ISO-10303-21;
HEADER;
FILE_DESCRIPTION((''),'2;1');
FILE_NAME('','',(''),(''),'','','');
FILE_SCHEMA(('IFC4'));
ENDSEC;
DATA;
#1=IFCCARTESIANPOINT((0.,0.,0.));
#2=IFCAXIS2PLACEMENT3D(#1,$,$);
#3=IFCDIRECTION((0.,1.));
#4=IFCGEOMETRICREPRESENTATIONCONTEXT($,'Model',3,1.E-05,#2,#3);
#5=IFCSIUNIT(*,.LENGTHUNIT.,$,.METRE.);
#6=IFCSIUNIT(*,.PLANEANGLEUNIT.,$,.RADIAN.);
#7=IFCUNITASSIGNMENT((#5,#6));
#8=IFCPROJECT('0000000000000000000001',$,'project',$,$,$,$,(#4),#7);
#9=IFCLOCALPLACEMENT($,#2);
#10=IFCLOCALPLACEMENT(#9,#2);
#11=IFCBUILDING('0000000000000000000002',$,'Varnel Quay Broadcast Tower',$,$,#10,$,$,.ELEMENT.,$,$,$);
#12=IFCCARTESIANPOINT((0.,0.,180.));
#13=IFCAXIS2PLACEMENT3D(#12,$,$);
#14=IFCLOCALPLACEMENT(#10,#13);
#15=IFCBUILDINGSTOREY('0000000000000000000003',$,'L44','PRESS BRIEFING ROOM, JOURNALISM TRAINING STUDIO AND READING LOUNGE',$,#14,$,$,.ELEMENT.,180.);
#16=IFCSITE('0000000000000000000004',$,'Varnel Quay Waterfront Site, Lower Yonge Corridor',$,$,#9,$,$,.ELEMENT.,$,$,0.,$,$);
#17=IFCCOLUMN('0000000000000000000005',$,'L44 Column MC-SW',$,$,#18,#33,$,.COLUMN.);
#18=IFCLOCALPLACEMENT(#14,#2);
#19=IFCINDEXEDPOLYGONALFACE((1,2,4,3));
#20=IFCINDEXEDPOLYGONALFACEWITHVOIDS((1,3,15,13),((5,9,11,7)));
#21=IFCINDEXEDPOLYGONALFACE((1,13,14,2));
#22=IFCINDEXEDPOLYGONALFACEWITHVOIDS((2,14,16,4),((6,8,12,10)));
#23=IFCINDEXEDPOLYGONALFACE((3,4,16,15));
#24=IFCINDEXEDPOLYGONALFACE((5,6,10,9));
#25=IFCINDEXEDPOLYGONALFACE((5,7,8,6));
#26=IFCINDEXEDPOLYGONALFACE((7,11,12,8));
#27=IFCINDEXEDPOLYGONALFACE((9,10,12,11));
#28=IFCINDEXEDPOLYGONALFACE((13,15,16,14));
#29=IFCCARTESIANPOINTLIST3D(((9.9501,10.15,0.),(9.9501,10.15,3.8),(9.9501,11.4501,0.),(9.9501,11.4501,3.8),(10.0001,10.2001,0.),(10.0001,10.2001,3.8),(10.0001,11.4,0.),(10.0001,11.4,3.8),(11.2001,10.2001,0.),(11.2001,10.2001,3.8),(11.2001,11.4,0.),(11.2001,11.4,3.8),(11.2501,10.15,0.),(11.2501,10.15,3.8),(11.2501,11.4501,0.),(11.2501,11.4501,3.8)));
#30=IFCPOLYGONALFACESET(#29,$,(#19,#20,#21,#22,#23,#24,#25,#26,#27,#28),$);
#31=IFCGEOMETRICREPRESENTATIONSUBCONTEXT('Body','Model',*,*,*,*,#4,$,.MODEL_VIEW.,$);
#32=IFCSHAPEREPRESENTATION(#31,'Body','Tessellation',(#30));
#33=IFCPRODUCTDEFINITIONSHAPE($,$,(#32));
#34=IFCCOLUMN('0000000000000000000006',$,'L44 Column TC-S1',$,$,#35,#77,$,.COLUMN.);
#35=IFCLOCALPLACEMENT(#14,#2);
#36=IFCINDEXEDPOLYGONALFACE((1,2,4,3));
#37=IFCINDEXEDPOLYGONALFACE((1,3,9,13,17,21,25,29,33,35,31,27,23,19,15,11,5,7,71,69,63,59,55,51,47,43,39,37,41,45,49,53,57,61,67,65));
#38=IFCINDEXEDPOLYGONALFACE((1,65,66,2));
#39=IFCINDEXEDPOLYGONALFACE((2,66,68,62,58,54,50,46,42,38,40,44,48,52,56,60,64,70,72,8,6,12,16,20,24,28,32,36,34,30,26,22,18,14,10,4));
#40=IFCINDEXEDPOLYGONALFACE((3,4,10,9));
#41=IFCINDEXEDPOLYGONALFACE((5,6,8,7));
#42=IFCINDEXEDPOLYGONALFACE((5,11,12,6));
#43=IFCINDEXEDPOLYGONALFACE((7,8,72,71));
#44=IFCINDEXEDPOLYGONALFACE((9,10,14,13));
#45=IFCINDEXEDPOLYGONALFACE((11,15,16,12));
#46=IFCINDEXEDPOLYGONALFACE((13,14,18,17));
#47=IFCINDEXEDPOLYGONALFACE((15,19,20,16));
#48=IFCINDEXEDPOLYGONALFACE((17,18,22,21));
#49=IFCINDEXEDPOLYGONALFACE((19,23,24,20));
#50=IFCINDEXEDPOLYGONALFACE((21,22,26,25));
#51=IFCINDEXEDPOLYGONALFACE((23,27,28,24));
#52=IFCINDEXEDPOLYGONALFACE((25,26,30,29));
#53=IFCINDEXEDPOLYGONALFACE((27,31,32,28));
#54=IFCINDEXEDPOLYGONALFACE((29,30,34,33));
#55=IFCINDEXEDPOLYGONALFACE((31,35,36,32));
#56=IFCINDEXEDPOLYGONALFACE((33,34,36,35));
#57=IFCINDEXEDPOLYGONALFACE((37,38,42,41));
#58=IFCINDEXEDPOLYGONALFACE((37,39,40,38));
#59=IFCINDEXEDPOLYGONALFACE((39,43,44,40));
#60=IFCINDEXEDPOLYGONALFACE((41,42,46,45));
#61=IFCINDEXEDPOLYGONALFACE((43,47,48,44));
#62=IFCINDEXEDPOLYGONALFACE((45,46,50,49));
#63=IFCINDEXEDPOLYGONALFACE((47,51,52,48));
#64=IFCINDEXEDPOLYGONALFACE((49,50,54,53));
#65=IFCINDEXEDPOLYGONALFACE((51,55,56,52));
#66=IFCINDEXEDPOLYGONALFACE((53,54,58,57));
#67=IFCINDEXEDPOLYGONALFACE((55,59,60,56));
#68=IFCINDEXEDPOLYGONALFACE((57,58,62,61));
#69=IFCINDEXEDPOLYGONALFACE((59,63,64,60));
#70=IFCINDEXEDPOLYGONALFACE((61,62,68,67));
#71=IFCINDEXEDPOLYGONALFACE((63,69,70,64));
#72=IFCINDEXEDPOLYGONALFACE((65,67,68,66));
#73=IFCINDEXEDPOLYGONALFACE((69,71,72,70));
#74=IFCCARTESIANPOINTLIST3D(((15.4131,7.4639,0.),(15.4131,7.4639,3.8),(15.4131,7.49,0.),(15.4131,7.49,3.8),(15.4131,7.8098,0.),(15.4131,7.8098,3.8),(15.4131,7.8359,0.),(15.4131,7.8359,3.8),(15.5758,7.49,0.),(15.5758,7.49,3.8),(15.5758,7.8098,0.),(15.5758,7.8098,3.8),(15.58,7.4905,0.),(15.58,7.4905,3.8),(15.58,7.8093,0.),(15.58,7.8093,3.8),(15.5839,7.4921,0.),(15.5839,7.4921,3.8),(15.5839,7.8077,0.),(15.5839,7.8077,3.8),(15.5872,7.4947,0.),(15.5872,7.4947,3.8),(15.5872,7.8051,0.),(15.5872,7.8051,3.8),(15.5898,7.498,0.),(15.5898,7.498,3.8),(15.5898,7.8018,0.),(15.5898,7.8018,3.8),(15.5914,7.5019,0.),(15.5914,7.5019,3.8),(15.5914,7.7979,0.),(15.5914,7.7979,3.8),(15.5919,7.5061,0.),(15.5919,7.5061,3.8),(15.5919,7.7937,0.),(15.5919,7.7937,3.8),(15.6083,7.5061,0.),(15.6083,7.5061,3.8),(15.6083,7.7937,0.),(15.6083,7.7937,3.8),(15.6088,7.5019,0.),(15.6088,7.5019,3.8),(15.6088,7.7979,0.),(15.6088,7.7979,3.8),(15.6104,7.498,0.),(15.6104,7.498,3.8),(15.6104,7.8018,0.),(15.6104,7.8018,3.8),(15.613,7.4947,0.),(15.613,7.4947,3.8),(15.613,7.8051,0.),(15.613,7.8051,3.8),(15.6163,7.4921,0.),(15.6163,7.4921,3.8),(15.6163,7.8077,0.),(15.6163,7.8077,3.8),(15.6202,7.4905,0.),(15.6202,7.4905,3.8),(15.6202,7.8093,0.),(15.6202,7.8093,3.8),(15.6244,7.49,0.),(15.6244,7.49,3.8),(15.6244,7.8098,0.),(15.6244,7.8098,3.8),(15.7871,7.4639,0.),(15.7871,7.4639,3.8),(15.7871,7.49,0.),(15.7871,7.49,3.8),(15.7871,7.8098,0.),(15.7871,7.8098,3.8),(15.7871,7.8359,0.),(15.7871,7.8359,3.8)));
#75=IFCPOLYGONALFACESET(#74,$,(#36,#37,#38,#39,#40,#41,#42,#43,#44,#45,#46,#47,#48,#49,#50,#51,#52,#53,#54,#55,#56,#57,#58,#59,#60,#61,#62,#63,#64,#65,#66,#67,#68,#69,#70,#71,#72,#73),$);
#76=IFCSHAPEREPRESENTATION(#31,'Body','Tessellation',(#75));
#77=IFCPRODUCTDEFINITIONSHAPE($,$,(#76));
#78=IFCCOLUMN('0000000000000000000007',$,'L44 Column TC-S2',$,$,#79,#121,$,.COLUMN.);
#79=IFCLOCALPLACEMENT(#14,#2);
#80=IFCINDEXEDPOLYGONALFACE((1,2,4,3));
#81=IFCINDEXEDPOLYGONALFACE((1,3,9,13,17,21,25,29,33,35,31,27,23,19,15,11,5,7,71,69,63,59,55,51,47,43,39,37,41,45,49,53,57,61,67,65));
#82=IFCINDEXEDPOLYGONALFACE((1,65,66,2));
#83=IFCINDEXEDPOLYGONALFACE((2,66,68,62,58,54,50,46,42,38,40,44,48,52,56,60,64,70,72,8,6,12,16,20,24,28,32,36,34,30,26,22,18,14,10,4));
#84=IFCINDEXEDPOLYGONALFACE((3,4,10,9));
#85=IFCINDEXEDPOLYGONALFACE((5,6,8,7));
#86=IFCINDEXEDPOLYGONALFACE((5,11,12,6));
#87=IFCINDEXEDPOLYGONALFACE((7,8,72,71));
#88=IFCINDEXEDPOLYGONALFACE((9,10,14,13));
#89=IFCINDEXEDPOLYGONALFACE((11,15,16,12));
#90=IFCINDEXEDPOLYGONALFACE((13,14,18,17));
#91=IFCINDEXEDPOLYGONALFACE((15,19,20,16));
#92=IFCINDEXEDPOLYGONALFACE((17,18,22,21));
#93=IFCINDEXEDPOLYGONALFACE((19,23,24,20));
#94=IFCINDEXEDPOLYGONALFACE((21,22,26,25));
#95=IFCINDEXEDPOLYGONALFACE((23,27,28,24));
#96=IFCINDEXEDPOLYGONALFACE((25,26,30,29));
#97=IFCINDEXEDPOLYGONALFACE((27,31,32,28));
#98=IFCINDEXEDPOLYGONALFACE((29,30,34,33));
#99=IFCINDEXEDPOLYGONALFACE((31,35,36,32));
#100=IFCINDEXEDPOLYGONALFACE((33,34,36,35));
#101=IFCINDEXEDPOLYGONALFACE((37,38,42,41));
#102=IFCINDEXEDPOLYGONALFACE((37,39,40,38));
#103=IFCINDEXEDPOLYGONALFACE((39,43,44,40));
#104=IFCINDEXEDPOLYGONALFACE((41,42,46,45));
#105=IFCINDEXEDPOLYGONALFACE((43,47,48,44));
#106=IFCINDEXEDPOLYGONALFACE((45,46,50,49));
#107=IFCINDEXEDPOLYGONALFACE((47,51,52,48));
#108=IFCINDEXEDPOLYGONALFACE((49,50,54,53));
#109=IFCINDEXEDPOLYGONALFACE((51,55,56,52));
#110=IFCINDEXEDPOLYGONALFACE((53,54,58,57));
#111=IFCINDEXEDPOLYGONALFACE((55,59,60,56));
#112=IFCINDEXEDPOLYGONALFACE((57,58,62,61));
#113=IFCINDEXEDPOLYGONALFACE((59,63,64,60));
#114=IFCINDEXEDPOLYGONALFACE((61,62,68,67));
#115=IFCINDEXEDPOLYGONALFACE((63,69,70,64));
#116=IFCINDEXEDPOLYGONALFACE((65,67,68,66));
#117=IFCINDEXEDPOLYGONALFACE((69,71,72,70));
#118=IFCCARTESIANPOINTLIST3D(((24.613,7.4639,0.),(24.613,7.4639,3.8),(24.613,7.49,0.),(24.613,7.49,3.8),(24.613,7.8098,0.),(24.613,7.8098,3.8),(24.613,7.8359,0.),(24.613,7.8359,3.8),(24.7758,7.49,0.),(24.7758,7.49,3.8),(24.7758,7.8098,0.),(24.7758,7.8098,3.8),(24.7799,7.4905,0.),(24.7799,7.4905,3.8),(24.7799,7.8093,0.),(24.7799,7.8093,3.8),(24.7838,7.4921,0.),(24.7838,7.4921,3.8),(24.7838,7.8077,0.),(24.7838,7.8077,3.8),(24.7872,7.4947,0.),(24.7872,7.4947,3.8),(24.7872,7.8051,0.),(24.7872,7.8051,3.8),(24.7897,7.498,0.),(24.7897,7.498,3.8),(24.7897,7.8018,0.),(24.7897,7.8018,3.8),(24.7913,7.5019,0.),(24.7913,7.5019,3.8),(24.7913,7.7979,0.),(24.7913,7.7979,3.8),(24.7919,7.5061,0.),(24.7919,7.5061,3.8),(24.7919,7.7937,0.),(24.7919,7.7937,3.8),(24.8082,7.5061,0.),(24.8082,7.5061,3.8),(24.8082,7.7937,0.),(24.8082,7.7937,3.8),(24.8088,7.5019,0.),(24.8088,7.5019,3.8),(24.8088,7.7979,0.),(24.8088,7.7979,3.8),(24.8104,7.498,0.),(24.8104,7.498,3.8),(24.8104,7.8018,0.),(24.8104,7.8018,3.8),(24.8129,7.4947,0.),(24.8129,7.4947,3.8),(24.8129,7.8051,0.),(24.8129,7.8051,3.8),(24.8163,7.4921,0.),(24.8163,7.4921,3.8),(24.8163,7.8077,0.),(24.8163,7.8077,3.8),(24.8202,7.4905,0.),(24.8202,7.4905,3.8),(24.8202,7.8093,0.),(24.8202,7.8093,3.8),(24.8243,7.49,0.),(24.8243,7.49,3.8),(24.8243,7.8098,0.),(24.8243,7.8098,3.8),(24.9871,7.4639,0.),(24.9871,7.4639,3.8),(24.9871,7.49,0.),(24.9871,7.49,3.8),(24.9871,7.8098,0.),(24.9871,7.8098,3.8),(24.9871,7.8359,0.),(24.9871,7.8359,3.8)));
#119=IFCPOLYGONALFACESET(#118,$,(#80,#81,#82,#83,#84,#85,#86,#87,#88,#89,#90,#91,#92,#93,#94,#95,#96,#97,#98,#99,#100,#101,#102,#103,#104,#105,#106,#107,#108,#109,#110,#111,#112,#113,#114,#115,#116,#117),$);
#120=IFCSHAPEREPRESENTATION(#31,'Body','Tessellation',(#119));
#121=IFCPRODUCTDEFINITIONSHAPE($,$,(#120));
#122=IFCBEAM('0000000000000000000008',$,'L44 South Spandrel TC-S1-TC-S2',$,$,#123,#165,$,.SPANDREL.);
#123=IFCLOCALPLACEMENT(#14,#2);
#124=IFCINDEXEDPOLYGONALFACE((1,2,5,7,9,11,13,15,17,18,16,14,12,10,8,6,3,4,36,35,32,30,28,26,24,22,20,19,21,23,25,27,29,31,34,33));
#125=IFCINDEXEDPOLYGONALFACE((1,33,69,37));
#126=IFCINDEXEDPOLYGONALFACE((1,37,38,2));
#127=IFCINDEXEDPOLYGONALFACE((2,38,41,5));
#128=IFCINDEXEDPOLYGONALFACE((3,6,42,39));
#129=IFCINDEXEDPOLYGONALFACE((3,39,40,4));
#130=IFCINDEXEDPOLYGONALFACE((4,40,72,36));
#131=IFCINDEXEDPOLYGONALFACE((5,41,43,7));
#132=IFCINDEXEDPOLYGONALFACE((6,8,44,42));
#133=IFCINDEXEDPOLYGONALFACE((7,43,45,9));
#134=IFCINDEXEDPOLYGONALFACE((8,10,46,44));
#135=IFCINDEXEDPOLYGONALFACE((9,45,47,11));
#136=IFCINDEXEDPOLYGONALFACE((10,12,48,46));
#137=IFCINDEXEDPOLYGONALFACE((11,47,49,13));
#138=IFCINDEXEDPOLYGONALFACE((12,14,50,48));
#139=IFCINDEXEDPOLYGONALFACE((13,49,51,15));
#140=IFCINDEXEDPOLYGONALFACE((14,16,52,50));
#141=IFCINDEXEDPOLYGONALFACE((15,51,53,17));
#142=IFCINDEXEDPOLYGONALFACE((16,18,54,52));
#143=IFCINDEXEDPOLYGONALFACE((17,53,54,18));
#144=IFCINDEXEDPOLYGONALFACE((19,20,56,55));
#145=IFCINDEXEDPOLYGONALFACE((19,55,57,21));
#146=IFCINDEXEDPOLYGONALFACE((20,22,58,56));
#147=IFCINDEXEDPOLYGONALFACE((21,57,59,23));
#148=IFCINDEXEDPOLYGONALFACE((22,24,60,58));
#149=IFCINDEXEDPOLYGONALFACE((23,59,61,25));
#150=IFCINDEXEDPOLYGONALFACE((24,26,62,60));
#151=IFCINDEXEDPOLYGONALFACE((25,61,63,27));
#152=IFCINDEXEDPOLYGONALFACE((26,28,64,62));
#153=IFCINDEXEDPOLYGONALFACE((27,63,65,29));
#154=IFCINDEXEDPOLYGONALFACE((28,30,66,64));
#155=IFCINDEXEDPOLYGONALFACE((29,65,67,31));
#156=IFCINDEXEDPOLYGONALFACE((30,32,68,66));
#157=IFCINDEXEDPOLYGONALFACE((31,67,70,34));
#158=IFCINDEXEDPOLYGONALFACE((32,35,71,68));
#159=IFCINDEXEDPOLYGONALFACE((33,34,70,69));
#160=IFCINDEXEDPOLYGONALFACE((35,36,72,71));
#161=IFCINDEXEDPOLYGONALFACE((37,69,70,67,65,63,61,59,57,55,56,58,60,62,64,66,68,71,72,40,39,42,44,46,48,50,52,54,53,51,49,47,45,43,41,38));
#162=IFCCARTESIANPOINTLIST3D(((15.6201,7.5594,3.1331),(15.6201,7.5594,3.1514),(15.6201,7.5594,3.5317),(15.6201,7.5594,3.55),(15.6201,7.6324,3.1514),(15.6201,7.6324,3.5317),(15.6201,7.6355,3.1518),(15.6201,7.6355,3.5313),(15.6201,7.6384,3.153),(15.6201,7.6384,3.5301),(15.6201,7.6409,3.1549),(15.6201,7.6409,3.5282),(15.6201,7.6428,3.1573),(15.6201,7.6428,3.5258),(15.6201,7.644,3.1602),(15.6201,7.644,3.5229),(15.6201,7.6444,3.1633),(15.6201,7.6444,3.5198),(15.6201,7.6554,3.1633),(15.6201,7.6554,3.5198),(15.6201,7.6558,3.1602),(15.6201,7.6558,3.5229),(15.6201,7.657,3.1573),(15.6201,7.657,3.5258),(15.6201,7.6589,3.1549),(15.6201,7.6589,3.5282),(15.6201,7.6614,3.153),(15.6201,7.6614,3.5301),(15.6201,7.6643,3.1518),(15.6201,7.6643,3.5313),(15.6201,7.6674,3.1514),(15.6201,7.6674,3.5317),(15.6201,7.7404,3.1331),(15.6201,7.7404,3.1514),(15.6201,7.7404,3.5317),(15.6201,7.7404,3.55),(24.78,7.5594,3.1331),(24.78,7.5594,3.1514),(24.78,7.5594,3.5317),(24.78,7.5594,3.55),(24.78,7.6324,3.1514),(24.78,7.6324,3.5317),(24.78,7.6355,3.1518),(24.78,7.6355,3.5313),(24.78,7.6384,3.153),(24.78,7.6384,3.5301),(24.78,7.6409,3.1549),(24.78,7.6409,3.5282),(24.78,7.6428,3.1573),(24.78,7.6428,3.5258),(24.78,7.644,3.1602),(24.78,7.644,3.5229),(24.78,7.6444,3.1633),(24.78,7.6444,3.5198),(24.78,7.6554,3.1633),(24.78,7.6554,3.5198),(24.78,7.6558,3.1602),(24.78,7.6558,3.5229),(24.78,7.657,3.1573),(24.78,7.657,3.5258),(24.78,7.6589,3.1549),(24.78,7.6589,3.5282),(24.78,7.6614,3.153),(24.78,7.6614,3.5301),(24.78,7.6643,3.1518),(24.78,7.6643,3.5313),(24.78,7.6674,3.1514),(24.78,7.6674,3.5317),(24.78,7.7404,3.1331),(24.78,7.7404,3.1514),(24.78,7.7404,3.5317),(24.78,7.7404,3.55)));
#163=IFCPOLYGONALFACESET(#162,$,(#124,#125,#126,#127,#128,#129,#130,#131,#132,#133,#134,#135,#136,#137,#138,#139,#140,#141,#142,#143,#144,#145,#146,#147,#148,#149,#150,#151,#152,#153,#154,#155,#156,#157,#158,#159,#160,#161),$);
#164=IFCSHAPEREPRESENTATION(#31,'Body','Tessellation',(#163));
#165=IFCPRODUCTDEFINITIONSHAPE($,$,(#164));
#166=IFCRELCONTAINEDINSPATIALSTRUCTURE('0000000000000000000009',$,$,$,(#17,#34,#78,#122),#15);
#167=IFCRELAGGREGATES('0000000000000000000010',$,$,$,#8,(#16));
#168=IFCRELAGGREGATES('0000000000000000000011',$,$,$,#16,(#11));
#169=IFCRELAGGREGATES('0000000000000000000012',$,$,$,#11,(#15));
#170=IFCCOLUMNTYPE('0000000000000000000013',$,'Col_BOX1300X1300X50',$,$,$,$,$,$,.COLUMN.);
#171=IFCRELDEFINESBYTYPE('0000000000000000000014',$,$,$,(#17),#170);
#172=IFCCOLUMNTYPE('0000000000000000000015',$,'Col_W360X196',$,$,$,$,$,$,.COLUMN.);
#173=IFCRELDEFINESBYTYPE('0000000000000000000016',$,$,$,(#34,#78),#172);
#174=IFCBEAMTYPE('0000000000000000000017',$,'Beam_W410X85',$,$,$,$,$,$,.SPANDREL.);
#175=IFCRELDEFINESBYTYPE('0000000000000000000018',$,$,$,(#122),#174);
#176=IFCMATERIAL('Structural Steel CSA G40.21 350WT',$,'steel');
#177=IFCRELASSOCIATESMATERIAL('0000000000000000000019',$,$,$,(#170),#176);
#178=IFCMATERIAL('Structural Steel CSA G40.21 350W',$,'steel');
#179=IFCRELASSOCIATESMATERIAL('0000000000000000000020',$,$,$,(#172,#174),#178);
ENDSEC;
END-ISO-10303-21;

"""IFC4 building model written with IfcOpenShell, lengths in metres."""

from ifc_helpers import new_model, si_unit, direction, frame, origin, origin_2d, place, context, subcontext, project, spatial, hollow_rectangle, i_section, extrude, source, transform, mapped, material, material_profile, profile_set, type_object, type_shapes, element, save


model = new_model("IFC4")

# Units and contexts
model_context = context("Model", 3, precision=1e-05, world=origin(), true_north=direction((0.0, 1.0)))
body_context = subcontext(model_context, "Body", "Model", "MODEL_VIEW")
ifc_project = project(units=[si_unit("LENGTHUNIT", "METRE"), si_unit("PLANEANGLEUNIT", "RADIAN")], contexts=[model_context])

# Site, building, storey
site_placement = place(None, origin())
site = spatial("IfcSite", under=ifc_project, at=site_placement, Name="Varnel Quay Waterfront Site, Lower Yonge Corridor", CompositionType="ELEMENT", RefElevation=0.0)
building_placement = place(site_placement, origin())
building = spatial("IfcBuilding", under=site, at=building_placement, Name="Varnel Quay Broadcast Tower", CompositionType="ELEMENT")
storey_placement = place(building_placement, frame((0.0, 0.0, 180.0)))
storey = spatial("IfcBuildingStorey", under=building, at=storey_placement, Name="L44", Description="PRESS BRIEFING ROOM, JOURNALISM TRAINING STUDIO AND READING LOUNGE", CompositionType="ELEMENT", Elevation=180.0)

# Columns
ifc_material_1 = material(Name="Structural Steel CSA G40.21 350WT", Category="steel")
ifc_material_profile_1 = material_profile(ifc_material_1, hollow_rectangle(XDim=1.3, YDim=1.3, WallThickness=0.05, at=origin_2d()), Name="BOX1300X1300X50")
ifc_profile_set_1 = profile_set([ifc_material_profile_1], Name="Structural Steel CSA G40.21 350WT")
column_type_1 = type_object("IfcColumnType", Name="Col_BOX1300X1300X50", PredefinedType="COLUMN", material=ifc_profile_set_1)
shared_shape_1 = source(origin(), body_context, "Body", "SweptSolid", [
    extrude(hollow_rectangle(XDim=1.3, YDim=1.3, WallThickness=0.05, at=origin_2d()), origin(), (0.0, 0.0, 1.0), 3.8),
])
type_shapes(column_type_1, [shared_shape_1])
column_placement = place(storey_placement, frame((10.6001, 10.8, 0.0), z_axis=(0.0, 0.0, 1.0), x_axis=(1.0, 0.0, 0.0)))
element("IfcColumn", 1, at=column_placement, inside=storey, type_object=column_type_1, Name="L44 Column MC-SW", PredefinedType="COLUMN", context=body_context, shape_type="MappedRepresentation", body=[
    mapped(shared_shape_1, transform((0.0, 0.0, 0.0), x_axis=(1.0, 0.0, 0.0), y_axis=(0.0, 1.0, 0.0), z_axis=(0.0, 0.0, 1.0), scale=1.0)),
])
ifc_material_2 = material(Name="Structural Steel CSA G40.21 350W", Category="steel")
ifc_material_profile_2 = material_profile(ifc_material_2, i_section(OverallWidth=0.374, OverallDepth=0.3721, WebThickness=0.0164, FlangeThickness=0.0261, FilletRadius=0.0161, at=origin_2d()), Name="W360X196")
ifc_profile_set_2 = profile_set([ifc_material_profile_2], Name="Structural Steel CSA G40.21 350W")
column_type_2 = type_object("IfcColumnType", Name="Col_W360X196", PredefinedType="COLUMN", material=ifc_profile_set_2)
shared_shape_2 = source(origin(), body_context, "Body", "SweptSolid", [
    extrude(i_section(OverallWidth=0.374, OverallDepth=0.3721, WebThickness=0.0164, FlangeThickness=0.0261, FilletRadius=0.0161, at=origin_2d()), origin(), (0.0, 0.0, 1.0), 3.8),
])
type_shapes(column_type_2, [shared_shape_2])
for number, where, z_axis, x_axis, name in (
    (2, (15.6001, 7.6499, 0.0), (0.0, 0.0, 1.0), (1.0, 0.0, 0.0), "L44 Column TC-S1"),
    (3, (24.8, 7.6499, 0.0), (0.0, 0.0, 1.0), (1.0, 0.0, 0.0), "L44 Column TC-S2"),
):
    element("IfcColumn", number, at=place(storey_placement, frame(where, z_axis=z_axis, x_axis=x_axis)), inside=storey, type_object=column_type_2, Name=name, PredefinedType="COLUMN", context=body_context, shape_type="MappedRepresentation", body=[
        mapped(shared_shape_2, transform((0.0, 0.0, 0.0), x_axis=(1.0, 0.0, 0.0), y_axis=(0.0, 1.0, 0.0), z_axis=(0.0, 0.0, 1.0), scale=1.0)),
    ])

# Beam
ifc_material_profile_3 = material_profile(ifc_material_2, i_section(OverallWidth=0.1809, OverallDepth=0.417, WebThickness=0.011, FlangeThickness=0.0183, FilletRadius=0.012, at=origin_2d()), Name="W410X85")
ifc_profile_set_3 = profile_set([ifc_material_profile_3], Name="Structural Steel CSA G40.21 350W")
beam_type_1 = type_object("IfcBeamType", Name="Beam_W410X85", PredefinedType="SPANDREL", material=ifc_profile_set_3)
shared_shape_3 = source(origin(), body_context, "Body", "SweptSolid", [
    extrude(i_section(OverallWidth=0.1809, OverallDepth=0.417, WebThickness=0.011, FlangeThickness=0.0183, FilletRadius=0.012, at=origin_2d()), origin(), (0.0, 0.0, 1.0), 9.1599),
])
for number, where, z_axis, x_axis, name in (
    (4, (15.6201, 7.6499, 3.3416), (1.0, 0.0, 0.0), (0.0, 1.0, 0.0), "L44 South Spandrel TC-S1-TC-S2"),
):
    element("IfcBeam", number, at=place(storey_placement, frame(where, z_axis=z_axis, x_axis=x_axis)), inside=storey, type_object=beam_type_1, Name=name, PredefinedType="SPANDREL", context=body_context, shape_type="MappedRepresentation", body=[
        mapped(shared_shape_3, transform((0.0, 0.0, 0.0), x_axis=(1.0, 0.0, 0.0), y_axis=(0.0, 1.0, 0.0), z_axis=(0.0, 0.0, 1.0), scale=1.0)),
    ])

save(model, "model.ifc")
